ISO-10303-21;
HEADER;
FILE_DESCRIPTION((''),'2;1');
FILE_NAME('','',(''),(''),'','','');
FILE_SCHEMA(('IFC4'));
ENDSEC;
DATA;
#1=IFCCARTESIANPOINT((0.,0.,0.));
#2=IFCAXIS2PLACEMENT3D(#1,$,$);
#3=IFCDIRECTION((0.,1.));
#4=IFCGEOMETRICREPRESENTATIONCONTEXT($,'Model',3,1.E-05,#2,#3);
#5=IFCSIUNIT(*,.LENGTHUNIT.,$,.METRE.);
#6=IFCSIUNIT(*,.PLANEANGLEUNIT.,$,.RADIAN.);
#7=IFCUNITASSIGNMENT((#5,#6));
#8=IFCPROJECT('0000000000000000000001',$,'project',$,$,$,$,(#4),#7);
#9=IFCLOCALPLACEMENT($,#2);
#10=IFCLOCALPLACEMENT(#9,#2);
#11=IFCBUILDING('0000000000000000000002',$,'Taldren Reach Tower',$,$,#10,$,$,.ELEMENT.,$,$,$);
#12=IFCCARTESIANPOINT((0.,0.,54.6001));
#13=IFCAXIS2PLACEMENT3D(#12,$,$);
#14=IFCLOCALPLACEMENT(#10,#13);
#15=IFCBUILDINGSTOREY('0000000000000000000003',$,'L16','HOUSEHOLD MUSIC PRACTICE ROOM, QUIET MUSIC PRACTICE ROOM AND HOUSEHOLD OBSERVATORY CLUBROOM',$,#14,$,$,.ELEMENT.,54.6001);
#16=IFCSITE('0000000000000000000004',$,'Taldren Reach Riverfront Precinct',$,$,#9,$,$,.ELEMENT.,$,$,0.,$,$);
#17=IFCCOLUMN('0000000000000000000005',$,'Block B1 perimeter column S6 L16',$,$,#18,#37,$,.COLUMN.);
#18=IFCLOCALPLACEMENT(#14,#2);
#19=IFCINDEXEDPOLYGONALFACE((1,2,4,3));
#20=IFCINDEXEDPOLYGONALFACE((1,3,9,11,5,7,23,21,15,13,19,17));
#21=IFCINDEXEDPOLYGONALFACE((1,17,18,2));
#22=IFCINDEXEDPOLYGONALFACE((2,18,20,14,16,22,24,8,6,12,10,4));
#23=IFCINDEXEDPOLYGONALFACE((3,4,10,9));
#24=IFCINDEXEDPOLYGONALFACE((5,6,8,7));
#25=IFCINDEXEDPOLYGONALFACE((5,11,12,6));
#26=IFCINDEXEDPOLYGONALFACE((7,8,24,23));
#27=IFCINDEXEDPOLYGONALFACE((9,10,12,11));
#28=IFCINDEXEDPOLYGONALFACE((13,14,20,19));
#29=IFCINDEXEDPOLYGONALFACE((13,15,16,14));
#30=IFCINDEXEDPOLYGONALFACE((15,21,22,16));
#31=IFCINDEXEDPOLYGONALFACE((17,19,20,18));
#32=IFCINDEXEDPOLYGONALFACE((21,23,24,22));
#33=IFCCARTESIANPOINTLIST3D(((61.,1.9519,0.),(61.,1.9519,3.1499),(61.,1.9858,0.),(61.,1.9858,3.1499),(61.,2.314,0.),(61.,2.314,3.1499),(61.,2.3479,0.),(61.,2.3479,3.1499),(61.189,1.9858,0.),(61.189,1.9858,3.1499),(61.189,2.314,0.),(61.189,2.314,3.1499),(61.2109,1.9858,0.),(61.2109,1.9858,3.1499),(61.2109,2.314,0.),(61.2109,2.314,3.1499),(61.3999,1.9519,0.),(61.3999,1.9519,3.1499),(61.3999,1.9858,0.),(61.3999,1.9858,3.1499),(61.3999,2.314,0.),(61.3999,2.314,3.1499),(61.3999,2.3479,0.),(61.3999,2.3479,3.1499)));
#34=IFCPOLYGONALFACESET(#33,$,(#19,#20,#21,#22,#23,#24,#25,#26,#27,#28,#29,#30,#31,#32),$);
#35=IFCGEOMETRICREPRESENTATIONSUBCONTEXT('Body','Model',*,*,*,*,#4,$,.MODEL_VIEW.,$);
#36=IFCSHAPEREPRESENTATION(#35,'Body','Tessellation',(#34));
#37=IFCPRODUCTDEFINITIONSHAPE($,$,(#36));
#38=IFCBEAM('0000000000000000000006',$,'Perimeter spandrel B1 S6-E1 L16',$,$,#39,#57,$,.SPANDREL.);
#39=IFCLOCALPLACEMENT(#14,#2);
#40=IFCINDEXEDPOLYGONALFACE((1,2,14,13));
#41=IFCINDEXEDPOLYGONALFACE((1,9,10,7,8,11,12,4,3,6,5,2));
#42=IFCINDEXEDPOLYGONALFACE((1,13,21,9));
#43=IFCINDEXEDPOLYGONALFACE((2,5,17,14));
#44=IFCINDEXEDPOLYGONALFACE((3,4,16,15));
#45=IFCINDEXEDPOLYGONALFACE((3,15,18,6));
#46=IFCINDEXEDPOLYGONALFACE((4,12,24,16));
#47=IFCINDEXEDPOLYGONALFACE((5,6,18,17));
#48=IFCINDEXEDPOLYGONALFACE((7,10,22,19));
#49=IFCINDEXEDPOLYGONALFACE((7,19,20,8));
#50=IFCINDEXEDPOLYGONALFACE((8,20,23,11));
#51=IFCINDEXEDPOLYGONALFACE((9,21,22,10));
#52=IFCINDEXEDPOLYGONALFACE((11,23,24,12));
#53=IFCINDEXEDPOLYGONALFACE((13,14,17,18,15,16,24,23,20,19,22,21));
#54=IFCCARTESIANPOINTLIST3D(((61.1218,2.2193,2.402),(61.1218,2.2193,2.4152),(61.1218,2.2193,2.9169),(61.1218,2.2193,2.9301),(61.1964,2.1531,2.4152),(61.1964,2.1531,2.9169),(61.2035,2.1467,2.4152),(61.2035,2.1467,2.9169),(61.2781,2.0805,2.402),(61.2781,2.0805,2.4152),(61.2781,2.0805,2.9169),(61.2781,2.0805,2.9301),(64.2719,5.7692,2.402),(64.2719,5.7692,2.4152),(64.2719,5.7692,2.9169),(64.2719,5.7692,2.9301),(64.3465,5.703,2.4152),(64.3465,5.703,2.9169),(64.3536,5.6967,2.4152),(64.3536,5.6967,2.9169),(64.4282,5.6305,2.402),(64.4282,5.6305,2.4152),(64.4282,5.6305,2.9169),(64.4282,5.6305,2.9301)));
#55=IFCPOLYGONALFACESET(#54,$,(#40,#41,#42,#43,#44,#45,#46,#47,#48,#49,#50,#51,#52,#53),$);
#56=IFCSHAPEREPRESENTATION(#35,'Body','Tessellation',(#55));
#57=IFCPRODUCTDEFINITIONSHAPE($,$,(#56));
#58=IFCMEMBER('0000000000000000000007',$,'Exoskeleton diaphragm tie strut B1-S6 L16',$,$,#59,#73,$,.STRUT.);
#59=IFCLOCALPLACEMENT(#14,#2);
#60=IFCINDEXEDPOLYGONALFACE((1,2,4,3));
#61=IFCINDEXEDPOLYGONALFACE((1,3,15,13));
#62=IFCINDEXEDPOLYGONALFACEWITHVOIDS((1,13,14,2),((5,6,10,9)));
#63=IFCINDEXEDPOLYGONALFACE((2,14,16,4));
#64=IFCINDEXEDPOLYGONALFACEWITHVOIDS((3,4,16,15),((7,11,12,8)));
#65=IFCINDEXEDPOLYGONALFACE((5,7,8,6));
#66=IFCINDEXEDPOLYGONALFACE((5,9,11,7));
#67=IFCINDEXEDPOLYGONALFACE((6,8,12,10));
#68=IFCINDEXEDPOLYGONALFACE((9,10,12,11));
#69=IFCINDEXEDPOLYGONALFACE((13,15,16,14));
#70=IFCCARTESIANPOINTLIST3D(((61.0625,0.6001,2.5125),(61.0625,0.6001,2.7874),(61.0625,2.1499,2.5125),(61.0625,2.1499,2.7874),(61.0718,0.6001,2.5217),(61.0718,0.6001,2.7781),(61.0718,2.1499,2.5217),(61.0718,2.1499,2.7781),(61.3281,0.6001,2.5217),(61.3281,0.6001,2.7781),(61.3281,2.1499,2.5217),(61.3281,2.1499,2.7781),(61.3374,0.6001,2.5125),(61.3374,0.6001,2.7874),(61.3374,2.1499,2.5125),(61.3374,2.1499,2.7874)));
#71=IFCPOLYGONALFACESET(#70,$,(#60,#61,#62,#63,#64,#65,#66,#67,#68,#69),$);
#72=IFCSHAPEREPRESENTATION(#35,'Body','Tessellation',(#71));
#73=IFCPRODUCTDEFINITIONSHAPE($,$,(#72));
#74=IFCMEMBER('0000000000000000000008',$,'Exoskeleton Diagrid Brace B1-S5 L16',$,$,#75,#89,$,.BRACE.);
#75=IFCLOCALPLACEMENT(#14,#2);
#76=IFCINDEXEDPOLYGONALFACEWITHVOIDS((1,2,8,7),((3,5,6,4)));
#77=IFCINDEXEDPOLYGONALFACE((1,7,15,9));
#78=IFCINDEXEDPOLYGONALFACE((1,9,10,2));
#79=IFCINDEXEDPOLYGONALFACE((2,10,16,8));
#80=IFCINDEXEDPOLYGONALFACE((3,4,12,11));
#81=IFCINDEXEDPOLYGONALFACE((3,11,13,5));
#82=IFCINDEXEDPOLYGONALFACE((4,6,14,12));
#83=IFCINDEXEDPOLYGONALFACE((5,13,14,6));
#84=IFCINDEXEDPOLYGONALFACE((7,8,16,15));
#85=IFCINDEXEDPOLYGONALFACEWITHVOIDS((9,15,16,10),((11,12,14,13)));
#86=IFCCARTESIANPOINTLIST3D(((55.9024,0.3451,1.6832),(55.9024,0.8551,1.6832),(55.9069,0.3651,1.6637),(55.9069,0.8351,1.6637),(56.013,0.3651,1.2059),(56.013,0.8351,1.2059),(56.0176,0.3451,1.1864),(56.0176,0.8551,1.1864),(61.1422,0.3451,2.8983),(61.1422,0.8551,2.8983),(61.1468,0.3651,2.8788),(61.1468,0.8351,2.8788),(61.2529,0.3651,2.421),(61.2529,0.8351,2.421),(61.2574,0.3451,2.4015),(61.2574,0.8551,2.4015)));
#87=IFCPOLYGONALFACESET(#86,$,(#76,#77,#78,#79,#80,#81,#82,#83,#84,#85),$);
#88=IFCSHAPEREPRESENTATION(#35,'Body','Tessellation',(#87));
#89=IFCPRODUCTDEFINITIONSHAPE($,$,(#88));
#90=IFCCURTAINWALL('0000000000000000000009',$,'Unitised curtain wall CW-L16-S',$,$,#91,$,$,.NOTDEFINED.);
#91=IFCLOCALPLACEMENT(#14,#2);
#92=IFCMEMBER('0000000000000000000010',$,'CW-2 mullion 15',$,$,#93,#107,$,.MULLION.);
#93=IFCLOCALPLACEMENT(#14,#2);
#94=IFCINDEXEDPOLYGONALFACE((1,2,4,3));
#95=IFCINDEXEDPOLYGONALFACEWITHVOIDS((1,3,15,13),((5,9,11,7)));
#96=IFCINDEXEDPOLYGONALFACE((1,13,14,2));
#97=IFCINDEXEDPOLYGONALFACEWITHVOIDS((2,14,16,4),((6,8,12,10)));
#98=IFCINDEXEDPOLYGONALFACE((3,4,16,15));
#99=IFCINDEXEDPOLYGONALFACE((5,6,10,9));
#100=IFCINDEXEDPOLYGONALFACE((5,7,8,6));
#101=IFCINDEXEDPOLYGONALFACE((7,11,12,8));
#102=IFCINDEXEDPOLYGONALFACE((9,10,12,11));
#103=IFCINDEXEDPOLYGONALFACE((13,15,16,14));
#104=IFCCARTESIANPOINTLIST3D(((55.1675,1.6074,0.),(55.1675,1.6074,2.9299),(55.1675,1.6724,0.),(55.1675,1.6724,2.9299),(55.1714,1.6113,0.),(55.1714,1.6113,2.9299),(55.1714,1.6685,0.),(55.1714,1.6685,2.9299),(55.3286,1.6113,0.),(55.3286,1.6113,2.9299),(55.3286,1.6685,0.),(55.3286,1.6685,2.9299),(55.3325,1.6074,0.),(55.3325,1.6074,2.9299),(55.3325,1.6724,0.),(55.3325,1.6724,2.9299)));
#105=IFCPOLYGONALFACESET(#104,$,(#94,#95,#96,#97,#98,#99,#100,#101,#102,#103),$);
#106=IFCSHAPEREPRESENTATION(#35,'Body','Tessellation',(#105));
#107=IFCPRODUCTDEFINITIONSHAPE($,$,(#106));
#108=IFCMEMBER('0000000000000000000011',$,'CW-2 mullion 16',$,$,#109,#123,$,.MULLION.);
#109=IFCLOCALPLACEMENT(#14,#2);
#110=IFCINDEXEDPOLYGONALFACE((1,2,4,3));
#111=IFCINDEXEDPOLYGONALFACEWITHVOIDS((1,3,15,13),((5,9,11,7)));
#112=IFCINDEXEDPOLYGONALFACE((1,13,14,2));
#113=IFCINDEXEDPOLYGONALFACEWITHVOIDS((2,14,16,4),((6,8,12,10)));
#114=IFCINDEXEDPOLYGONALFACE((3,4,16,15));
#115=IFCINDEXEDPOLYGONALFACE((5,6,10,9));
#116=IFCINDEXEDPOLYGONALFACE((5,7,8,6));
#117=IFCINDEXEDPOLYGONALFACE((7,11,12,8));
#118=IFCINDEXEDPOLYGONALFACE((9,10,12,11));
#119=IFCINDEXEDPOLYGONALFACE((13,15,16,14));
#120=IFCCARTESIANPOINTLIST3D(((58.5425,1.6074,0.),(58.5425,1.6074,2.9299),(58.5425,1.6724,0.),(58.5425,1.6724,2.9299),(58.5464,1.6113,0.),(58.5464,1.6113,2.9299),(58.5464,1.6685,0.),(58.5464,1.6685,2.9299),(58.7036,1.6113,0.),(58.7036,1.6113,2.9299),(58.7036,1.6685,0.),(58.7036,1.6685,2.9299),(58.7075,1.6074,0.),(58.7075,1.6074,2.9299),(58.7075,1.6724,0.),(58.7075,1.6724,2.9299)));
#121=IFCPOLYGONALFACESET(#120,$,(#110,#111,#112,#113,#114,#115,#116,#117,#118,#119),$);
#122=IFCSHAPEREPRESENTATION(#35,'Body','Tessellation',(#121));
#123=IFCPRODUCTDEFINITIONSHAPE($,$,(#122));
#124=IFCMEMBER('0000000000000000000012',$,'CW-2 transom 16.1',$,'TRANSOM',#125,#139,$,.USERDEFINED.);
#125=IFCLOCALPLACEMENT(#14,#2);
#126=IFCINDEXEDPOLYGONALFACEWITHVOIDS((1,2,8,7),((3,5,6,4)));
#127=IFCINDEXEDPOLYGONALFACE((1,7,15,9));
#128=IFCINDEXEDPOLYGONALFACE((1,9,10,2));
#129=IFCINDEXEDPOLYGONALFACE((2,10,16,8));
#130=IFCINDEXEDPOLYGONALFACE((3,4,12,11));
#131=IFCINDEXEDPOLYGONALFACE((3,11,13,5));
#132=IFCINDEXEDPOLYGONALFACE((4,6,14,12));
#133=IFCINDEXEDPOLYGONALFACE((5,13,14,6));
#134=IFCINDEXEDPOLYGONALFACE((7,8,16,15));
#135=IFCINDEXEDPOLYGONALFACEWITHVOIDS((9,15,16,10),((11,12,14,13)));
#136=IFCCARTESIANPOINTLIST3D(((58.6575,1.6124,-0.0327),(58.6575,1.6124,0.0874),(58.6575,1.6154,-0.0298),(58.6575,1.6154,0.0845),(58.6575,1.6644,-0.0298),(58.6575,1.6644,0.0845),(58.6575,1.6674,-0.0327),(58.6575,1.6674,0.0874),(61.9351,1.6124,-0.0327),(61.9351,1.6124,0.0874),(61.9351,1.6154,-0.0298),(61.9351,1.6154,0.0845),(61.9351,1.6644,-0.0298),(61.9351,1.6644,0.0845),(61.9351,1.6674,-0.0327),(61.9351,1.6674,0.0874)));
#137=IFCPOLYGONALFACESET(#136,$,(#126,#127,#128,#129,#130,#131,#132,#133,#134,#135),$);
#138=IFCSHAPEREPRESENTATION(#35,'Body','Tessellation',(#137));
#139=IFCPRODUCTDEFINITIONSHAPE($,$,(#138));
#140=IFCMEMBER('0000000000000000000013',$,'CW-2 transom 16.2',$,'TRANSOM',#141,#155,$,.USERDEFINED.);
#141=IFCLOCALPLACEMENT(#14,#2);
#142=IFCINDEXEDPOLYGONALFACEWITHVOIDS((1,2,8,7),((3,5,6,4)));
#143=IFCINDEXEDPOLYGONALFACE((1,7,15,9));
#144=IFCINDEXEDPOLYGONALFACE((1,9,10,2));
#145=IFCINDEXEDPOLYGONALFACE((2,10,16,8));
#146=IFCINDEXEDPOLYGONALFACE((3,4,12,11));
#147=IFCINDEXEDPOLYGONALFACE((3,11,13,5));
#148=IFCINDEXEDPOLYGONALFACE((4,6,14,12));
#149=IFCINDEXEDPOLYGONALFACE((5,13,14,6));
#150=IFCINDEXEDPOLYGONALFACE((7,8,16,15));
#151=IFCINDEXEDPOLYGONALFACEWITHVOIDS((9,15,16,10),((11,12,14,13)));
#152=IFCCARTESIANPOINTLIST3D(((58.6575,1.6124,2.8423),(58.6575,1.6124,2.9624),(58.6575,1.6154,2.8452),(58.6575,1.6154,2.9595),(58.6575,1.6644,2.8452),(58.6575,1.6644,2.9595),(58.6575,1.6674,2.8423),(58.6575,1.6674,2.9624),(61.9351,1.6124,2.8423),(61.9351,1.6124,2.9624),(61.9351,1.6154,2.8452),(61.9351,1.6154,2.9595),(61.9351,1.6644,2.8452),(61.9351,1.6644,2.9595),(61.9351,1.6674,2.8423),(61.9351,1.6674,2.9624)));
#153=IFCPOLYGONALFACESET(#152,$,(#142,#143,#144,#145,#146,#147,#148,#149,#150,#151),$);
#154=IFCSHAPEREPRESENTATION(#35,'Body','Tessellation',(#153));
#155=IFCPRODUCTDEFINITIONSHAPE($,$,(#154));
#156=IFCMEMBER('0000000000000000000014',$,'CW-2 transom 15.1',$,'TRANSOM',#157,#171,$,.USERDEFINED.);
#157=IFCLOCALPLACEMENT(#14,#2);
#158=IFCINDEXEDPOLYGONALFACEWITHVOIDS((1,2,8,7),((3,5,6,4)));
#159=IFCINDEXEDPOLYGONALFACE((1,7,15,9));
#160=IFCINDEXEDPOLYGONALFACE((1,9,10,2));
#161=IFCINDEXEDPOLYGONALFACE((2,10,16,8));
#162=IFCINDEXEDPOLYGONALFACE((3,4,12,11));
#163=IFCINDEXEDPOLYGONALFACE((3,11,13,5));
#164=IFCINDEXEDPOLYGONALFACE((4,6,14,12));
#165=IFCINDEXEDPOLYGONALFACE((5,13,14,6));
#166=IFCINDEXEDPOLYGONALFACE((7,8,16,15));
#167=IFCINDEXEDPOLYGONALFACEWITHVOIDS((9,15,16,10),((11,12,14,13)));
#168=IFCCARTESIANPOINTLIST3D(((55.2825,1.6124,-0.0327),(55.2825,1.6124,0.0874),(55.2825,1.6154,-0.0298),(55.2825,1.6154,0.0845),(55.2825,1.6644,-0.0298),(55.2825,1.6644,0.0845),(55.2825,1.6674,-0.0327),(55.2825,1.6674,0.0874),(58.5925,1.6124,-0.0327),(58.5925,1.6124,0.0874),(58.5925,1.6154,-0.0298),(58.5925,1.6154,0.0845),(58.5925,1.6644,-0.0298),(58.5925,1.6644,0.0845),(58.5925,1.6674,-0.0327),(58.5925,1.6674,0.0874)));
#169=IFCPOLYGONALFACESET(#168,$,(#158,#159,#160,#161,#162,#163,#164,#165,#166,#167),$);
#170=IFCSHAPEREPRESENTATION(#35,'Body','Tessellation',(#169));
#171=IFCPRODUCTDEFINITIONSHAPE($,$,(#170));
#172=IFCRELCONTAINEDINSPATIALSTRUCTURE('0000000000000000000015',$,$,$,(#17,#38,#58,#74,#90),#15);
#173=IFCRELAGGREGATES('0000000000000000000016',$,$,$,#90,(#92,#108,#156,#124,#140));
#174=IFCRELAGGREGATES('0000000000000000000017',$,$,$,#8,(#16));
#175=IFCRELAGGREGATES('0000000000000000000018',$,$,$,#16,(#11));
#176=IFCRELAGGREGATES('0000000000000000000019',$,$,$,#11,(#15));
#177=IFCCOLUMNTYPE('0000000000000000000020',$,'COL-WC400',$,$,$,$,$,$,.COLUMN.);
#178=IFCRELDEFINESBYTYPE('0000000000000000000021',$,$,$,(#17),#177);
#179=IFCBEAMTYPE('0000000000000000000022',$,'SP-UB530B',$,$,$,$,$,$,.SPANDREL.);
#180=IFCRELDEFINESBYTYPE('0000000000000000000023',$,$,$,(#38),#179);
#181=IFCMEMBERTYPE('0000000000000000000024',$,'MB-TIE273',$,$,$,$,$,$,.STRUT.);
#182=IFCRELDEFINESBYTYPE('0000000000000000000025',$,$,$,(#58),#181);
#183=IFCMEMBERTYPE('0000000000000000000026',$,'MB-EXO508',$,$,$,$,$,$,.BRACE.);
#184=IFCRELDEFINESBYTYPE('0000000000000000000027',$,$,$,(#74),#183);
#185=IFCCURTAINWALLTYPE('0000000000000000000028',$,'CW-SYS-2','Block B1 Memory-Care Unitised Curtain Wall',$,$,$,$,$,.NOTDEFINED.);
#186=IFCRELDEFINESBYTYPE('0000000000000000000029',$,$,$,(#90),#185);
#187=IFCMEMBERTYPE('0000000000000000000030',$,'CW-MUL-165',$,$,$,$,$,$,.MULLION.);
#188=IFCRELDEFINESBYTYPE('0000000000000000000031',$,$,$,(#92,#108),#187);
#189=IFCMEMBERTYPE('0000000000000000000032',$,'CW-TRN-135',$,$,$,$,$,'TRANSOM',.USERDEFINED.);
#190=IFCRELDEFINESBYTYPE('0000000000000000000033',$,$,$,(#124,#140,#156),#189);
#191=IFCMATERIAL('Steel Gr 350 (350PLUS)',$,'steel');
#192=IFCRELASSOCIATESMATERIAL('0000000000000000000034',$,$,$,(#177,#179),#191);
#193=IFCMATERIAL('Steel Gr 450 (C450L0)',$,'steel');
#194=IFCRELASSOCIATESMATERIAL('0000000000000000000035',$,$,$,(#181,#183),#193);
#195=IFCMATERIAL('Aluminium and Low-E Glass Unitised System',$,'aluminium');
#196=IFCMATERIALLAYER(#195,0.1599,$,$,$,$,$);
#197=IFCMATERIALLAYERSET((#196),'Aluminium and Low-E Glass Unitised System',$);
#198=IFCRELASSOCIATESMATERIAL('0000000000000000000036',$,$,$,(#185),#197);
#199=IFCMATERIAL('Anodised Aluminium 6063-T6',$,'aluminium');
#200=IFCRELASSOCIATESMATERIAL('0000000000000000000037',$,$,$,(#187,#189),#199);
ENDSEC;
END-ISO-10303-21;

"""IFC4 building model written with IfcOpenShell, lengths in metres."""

from ifc_helpers import new_model, si_unit, direction, frame, origin, origin_2d, place, context, subcontext, project, spatial, hollow_rectangle, i_section, extrude, source, transform, mapped, material, layer, layer_set, material_profile, profile_set, type_object, element, aggregate, save


model = new_model("IFC4")

# Units and contexts
model_context = context("Model", 3, precision=1e-05, world=origin(), true_north=direction((0.0, 1.0)))
body_context = subcontext(model_context, "Body", "Model", "MODEL_VIEW")
ifc_project = project(units=[si_unit("LENGTHUNIT", "METRE"), si_unit("PLANEANGLEUNIT", "RADIAN")], contexts=[model_context])

# Site, building, storey
site_placement = place(None, origin())
site = spatial("IfcSite", under=ifc_project, at=site_placement, Name="Taldren Reach Riverfront Precinct", CompositionType="ELEMENT", RefElevation=0.0)
building_placement = place(site_placement, origin())
building = spatial("IfcBuilding", under=site, at=building_placement, Name="Taldren Reach Tower", CompositionType="ELEMENT")
storey_placement = place(building_placement, frame((0.0, 0.0, 54.6001)))
storey = spatial("IfcBuildingStorey", under=building, at=storey_placement, Name="L16", Description="HOUSEHOLD MUSIC PRACTICE ROOM, QUIET MUSIC PRACTICE ROOM AND HOUSEHOLD OBSERVATORY CLUBROOM", CompositionType="ELEMENT", Elevation=54.6001)

# Column
ifc_material_1 = material(Name="Steel Gr 350 (350PLUS)", Category="steel")
ifc_material_profile_1 = material_profile(ifc_material_1, i_section(OverallWidth=0.3999, OverallDepth=0.396, WebThickness=0.022, FlangeThickness=0.0339, at=origin_2d()), Name="400WC270")
ifc_profile_set_1 = profile_set([ifc_material_profile_1], Name="Steel Gr 350 (350PLUS)")
column_type = type_object("IfcColumnType", Name="COL-WC400", PredefinedType="COLUMN", material=ifc_profile_set_1)
shared_shape_1 = source(origin(), body_context, "Body", "SweptSolid", [
    extrude(i_section(OverallWidth=0.3999, OverallDepth=0.396, WebThickness=0.022, FlangeThickness=0.0339, at=origin_2d()), origin(), (0.0, 0.0, 1.0), 3.1499),
])
column_placement = place(storey_placement, frame((61.2, 2.1499, 0.0), z_axis=(0.0, 0.0, 1.0), x_axis=(1.0, 0.0, 0.0)))
element("IfcColumn", 1, at=column_placement, inside=storey, type_object=column_type, Name="Block B1 perimeter column S6 L16", PredefinedType="COLUMN", context=body_context, shape_type="MappedRepresentation", body=[
    mapped(shared_shape_1, transform((0.0, 0.0, 0.0), scale=1.0)),
])

# Beam
ifc_material_profile_2 = material_profile(ifc_material_1, i_section(OverallWidth=0.209, OverallDepth=0.5281, WebThickness=0.0095, FlangeThickness=0.0132, at=origin_2d()), Name="530UB82.0")
ifc_profile_set_2 = profile_set([ifc_material_profile_2], Name="Steel Gr 350 (350PLUS)")
beam_type = type_object("IfcBeamType", Name="SP-UB530B", PredefinedType="SPANDREL", material=ifc_profile_set_2)
shared_shape_2 = source(origin(), body_context, "Body", "SweptSolid", [
    extrude(i_section(OverallWidth=0.209, OverallDepth=0.5281, WebThickness=0.0095, FlangeThickness=0.0132, at=origin_2d()), origin(), (0.0, 0.0, 1.0), 4.7461),
])
beam_placement = place(storey_placement, frame((61.2, 2.1499, 2.666), z_axis=(0.663722, 0.747979, 0.0), x_axis=(-0.747979, 0.663722, 0.0)))
element("IfcBeam", 2, at=beam_placement, inside=storey, type_object=beam_type, Name="Perimeter spandrel B1 S6-E1 L16", PredefinedType="SPANDREL", context=body_context, shape_type="MappedRepresentation", body=[
    mapped(shared_shape_2, transform((0.0, 0.0, 0.0), scale=1.0)),
])

# Members
ifc_material_2 = material(Name="Steel Gr 450 (C450L0)", Category="steel")
ifc_material_profile_3 = material_profile(ifc_material_2, hollow_rectangle(XDim=0.2749, YDim=0.2749, WallThickness=0.0093, at=origin_2d()), Name="275x275x9.3SHS")
ifc_profile_set_3 = profile_set([ifc_material_profile_3], Name="Steel Gr 450 (C450L0)")
member_type_1 = type_object("IfcMemberType", Name="MB-TIE273", PredefinedType="STRUT", material=ifc_profile_set_3)
shared_shape_3 = source(origin(), body_context, "Body", "SweptSolid", [
    extrude(hollow_rectangle(XDim=0.2749, YDim=0.2749, WallThickness=0.0093, at=origin_2d()), origin(), (0.0, 0.0, 1.0), 1.5498),
])
member_1_placement = place(storey_placement, frame((61.2, 2.1499, 2.6499), z_axis=(0.0, -1.0, 0.0), x_axis=(1.0, 0.0, 0.0)))
element("IfcMember", 3, at=member_1_placement, inside=storey, type_object=member_type_1, Name="Exoskeleton diaphragm tie strut B1-S6 L16", PredefinedType="STRUT", context=body_context, shape_type="MappedRepresentation", body=[
    mapped(shared_shape_3, transform((0.0, 0.0, 0.0), scale=1.0)),
])
ifc_material_profile_4 = material_profile(ifc_material_2, hollow_rectangle(XDim=0.51, YDim=0.51, WallThickness=0.02, at=origin_2d()), Name="510x510x20.0SHS")
ifc_profile_set_4 = profile_set([ifc_material_profile_4], Name="Steel Gr 450 (C450L0)")
member_type_2 = type_object("IfcMemberType", Name="MB-EXO508", PredefinedType="BRACE", material=ifc_profile_set_4)
shared_shape_4 = source(origin(), body_context, "Body", "SweptSolid", [
    extrude(hollow_rectangle(XDim=0.51, YDim=0.51, WallThickness=0.02, at=origin_2d()), origin(), (0.0, 0.0, 1.0), 5.3789),
])
member_2_placement = place(storey_placement, frame((55.96, 0.6001, 1.4348), z_axis=(0.974152, 0.0, 0.225894), x_axis=(0.0, 1.0, 0.0)))
element("IfcMember", 4, at=member_2_placement, inside=storey, type_object=member_type_2, Name="Exoskeleton Diagrid Brace B1-S5 L16", PredefinedType="BRACE", context=body_context, shape_type="MappedRepresentation", body=[
    mapped(shared_shape_4, transform((0.0, 0.0, 0.0), scale=1.0)),
])

# Curtain wall, members
ifc_material_3 = material(Name="Aluminium and Low-E Glass Unitised System", Category="aluminium")
ifc_layer_1 = layer(ifc_material_3, 0.1599)
ifc_layer_set_1 = layer_set([ifc_layer_1], Name="Aluminium and Low-E Glass Unitised System")
curtain_wall_type = type_object("IfcCurtainWallType", Name="CW-SYS-2", Description="Block B1 Memory-Care Unitised Curtain Wall", PredefinedType="NOTDEFINED", material=ifc_layer_set_1)
curtain_wall_placement = place(storey_placement, origin())
curtain_wall = element("IfcCurtainWall", 5, at=curtain_wall_placement, inside=storey, type_object=curtain_wall_type, Name="Unitised curtain wall CW-L16-S", PredefinedType="NOTDEFINED")
ifc_material_4 = material(Name="Anodised Aluminium 6063-T6", Category="aluminium")
ifc_material_profile_5 = material_profile(ifc_material_4, hollow_rectangle(XDim=0.0649, YDim=0.165, WallThickness=0.0039, at=origin_2d()), Name="ALU-165x65x4RHS")
ifc_profile_set_5 = profile_set([ifc_material_profile_5], Name="Anodised Aluminium 6063-T6")
member_type_3 = type_object("IfcMemberType", Name="CW-MUL-165", PredefinedType="MULLION", material=ifc_profile_set_5)
shared_shape_5 = source(origin(), body_context, "Body", "SweptSolid", [
    extrude(hollow_rectangle(XDim=0.0649, YDim=0.165, WallThickness=0.0039, at=origin_2d()), origin(), (0.0, 0.0, 1.0), 2.9299),
])
member_3_placement = place(storey_placement, frame((55.25, 1.6399, 0.0), z_axis=(0.0, 0.0, 1.0), x_axis=(0.0, 1.0, 0.0)))
member_3 = element("IfcMember", 6, at=member_3_placement, type_object=member_type_3, Name="CW-2 mullion 15", PredefinedType="MULLION", context=body_context, shape_type="MappedRepresentation", body=[
    mapped(shared_shape_5, transform((0.0, 0.0, 0.0), scale=1.0)),
])
member_4_placement = place(storey_placement, frame((58.625, 1.6399, 0.0), z_axis=(0.0, 0.0, 1.0), x_axis=(0.0, 1.0, 0.0)))
member_4 = element("IfcMember", 7, at=member_4_placement, type_object=member_type_3, Name="CW-2 mullion 16", PredefinedType="MULLION", context=body_context, shape_type="MappedRepresentation", body=[
    mapped(shared_shape_5, transform((0.0, 0.0, 0.0), scale=1.0)),
])
ifc_material_profile_6 = material_profile(ifc_material_4, hollow_rectangle(XDim=0.0549, YDim=0.1201, WallThickness=0.0029, at=origin_2d()), Name="ALU-120x55x3RHS")
ifc_profile_set_6 = profile_set([ifc_material_profile_6], Name="Anodised Aluminium 6063-T6")
member_type_4 = type_object("IfcMemberType", Name="CW-TRN-135", ElementType="TRANSOM", PredefinedType="USERDEFINED", material=ifc_profile_set_6)
shared_shape_6 = source(origin(), body_context, "Body", "SweptSolid", [
    extrude(hollow_rectangle(XDim=0.0549, YDim=0.1201, WallThickness=0.0029, at=origin_2d()), origin(), (0.0, 0.0, 1.0), 3.2776),
])
member_5_placement = place(storey_placement, frame((58.6575, 1.6399, 0.0273), z_axis=(1.0, 0.0, 0.0), x_axis=(0.0, 1.0, 0.0)))
member_5 = element("IfcMember", 8, at=member_5_placement, type_object=member_type_4, Name="CW-2 transom 16.1", ObjectType="TRANSOM", PredefinedType="USERDEFINED", context=body_context, shape_type="MappedRepresentation", body=[
    mapped(shared_shape_6, transform((0.0, 0.0, 0.0), scale=1.0)),
])
member_6_placement = place(storey_placement, frame((58.6575, 1.6399, 2.9023), z_axis=(1.0, 0.0, 0.0), x_axis=(0.0, 1.0, 0.0)))
member_6 = element("IfcMember", 9, at=member_6_placement, type_object=member_type_4, Name="CW-2 transom 16.2", ObjectType="TRANSOM", PredefinedType="USERDEFINED", context=body_context, shape_type="MappedRepresentation", body=[
    mapped(shared_shape_6, transform((0.0, 0.0, 0.0), scale=1.0)),
])
shared_shape_7 = source(origin(), body_context, "Body", "SweptSolid", [
    extrude(hollow_rectangle(XDim=0.0549, YDim=0.1201, WallThickness=0.0029, at=origin_2d()), origin(), (0.0, 0.0, 1.0), 3.3101),
])
member_7_placement = place(storey_placement, frame((55.2825, 1.6399, 0.0273), z_axis=(1.0, 0.0, 0.0), x_axis=(0.0, 1.0, 0.0)))
member_7 = element("IfcMember", 10, at=member_7_placement, type_object=member_type_4, Name="CW-2 transom 15.1", ObjectType="TRANSOM", PredefinedType="USERDEFINED", context=body_context, shape_type="MappedRepresentation", body=[
    mapped(shared_shape_7, transform((0.0, 0.0, 0.0), scale=1.0)),
])

aggregate(curtain_wall, [member_3, member_4, member_7, member_5, member_6])

save(model, "model.ifc")
